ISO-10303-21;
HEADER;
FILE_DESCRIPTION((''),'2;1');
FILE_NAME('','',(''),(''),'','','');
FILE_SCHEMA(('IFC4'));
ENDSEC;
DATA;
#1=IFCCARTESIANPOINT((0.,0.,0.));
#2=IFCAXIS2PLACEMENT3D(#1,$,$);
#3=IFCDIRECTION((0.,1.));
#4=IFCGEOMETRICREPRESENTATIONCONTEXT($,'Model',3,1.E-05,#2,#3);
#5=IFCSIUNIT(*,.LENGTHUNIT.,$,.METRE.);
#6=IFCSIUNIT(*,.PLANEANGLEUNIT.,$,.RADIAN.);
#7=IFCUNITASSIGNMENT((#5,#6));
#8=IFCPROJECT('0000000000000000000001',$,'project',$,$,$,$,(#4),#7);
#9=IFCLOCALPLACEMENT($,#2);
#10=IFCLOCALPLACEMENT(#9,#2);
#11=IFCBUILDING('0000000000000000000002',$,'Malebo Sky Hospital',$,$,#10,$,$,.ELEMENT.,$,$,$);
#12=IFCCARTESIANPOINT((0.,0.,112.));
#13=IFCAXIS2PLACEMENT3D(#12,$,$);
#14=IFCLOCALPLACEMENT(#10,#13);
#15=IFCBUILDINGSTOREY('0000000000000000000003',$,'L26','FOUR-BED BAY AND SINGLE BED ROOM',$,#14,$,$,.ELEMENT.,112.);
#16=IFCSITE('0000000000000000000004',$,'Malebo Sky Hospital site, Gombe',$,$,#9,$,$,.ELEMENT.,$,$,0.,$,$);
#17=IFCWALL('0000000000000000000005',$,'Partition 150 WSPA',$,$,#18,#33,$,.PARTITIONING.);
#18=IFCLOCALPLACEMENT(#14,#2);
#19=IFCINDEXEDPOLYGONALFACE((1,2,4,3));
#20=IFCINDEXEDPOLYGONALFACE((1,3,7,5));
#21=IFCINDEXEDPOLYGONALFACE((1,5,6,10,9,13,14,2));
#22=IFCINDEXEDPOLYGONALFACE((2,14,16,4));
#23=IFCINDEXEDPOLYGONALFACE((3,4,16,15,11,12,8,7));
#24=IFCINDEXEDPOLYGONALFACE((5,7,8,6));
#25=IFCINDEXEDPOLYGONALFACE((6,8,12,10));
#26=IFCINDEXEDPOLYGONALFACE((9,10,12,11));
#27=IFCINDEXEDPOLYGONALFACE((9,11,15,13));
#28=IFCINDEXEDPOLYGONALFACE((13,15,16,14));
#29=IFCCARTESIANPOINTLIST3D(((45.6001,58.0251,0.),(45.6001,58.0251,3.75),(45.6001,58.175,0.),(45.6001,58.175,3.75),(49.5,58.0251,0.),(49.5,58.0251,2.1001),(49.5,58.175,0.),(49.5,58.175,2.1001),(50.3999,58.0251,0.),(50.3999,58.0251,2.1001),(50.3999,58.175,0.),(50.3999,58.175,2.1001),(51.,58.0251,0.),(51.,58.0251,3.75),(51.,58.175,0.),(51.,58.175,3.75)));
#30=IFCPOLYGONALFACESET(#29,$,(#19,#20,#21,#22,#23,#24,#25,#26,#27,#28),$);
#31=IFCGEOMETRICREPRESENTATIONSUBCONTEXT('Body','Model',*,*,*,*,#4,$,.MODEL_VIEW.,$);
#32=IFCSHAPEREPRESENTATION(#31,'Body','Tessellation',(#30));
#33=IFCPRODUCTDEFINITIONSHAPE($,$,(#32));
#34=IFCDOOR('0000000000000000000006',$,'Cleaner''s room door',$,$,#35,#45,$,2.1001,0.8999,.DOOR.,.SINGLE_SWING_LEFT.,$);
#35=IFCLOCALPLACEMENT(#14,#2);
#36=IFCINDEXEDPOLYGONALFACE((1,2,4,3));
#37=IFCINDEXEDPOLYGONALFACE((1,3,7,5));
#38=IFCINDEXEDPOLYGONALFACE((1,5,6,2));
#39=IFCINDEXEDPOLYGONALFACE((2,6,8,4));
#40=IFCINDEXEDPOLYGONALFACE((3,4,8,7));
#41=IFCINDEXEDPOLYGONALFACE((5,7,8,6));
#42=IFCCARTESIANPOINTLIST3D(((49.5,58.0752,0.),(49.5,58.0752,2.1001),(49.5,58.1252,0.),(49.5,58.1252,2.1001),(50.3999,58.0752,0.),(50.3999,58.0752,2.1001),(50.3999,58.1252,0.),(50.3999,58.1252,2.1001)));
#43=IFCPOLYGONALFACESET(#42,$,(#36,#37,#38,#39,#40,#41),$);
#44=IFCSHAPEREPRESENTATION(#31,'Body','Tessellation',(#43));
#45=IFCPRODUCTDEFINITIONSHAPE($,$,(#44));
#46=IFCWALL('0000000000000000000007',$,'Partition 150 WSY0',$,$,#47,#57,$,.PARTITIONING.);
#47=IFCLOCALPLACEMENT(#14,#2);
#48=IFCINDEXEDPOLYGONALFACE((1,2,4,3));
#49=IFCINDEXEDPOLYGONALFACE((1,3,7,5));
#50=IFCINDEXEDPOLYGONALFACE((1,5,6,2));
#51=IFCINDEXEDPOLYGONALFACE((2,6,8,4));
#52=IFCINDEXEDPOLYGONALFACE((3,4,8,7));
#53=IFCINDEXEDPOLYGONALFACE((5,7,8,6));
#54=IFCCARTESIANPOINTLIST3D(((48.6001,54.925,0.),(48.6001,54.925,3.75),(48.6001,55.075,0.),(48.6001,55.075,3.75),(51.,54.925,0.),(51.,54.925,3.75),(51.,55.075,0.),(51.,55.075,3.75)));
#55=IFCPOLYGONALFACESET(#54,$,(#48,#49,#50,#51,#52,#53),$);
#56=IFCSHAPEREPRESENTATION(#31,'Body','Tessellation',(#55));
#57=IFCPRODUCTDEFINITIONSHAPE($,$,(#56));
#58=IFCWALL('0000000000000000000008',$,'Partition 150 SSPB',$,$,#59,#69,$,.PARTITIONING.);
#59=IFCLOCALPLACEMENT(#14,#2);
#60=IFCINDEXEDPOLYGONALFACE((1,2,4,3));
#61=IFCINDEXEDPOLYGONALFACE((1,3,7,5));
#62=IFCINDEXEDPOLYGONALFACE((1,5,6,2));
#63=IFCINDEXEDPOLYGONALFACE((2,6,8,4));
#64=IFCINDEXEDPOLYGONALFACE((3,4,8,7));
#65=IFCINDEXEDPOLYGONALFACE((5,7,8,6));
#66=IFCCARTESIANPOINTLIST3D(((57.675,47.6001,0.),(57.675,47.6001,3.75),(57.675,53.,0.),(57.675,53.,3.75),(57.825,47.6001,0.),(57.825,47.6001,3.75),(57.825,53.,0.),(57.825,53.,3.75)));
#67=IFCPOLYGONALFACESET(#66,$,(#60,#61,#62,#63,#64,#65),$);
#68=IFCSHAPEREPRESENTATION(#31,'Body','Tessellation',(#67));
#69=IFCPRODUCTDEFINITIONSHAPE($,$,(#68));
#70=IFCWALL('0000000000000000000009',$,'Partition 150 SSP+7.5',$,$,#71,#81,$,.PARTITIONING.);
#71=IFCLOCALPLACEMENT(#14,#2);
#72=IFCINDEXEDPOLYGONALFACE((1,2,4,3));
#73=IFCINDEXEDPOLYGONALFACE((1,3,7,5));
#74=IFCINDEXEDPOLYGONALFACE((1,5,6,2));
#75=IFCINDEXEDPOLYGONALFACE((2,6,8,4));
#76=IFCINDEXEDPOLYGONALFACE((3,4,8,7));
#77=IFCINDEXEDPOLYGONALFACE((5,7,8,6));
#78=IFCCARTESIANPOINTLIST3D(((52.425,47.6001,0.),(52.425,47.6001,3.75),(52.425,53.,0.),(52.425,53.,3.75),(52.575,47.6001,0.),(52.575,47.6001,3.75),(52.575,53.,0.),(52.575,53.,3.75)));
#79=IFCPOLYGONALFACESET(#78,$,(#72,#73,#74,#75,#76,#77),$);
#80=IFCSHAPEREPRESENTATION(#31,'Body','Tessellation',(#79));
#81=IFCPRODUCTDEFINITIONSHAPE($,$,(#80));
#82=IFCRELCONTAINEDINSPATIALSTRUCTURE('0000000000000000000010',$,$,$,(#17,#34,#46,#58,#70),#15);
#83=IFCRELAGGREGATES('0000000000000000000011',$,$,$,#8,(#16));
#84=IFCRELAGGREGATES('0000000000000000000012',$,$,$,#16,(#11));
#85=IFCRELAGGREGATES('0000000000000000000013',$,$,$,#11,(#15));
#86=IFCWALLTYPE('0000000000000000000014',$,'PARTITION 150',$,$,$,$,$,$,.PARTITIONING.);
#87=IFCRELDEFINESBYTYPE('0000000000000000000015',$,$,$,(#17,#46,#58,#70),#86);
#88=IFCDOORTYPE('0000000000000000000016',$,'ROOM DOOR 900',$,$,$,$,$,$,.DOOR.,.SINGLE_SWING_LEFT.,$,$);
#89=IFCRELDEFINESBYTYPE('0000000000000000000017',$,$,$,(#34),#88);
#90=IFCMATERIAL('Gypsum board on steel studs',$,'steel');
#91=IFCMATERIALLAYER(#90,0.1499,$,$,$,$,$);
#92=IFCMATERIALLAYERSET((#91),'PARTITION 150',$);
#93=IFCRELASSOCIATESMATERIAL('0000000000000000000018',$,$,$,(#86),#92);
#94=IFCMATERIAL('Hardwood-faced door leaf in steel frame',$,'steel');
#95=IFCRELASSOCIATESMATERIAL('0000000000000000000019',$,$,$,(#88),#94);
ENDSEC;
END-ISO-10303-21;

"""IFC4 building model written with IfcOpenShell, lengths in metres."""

from ifc_helpers import new_model, si_unit, direction, frame, frame_2d, origin, place, context, subcontext, project, spatial, rectangle, extrude, material, layer, layer_set, type_object, element, fill, save


model = new_model("IFC4")

# Units and contexts
model_context = context("Model", 3, precision=1e-05, world=origin(), true_north=direction((0.0, 1.0)))
body_context = subcontext(model_context, "Body", "Model", "MODEL_VIEW")
ifc_project = project(units=[si_unit("LENGTHUNIT", "METRE"), si_unit("PLANEANGLEUNIT", "RADIAN")], contexts=[model_context])

# Site, building, storey
site_placement = place(None, origin())
site = spatial("IfcSite", under=ifc_project, at=site_placement, Name="Malebo Sky Hospital site, Gombe", CompositionType="ELEMENT", RefElevation=0.0)
building_placement = place(site_placement, origin())
building = spatial("IfcBuilding", under=site, at=building_placement, Name="Malebo Sky Hospital", CompositionType="ELEMENT")
storey_placement = place(building_placement, frame((0.0, 0.0, 112.0)))
storey = spatial("IfcBuildingStorey", under=building, at=storey_placement, Name="L26", Description="FOUR-BED BAY AND SINGLE BED ROOM", CompositionType="ELEMENT", Elevation=112.0)

# Shared definitions
ifc_material_1 = material(Name="Hardwood-faced door leaf in steel frame", Category="steel")

# Shared definitions
ifc_material_2 = material(Name="Gypsum board on steel studs", Category="steel")

# Shared definitions
ifc_layer_1 = layer(ifc_material_2, 0.1499)
ifc_layer_set_1 = layer_set([ifc_layer_1], Name="PARTITION 150")
wall_type_1 = type_object("IfcWallType", Name="PARTITION 150", PredefinedType="PARTITIONING", material=ifc_layer_set_1)

# Wall, opening, door
wall_1_placement = place(storey_placement, frame((51.0, 58.1001, 0.0), z_axis=(0.0, 0.0, 1.0), x_axis=(-1.0, 0.0, 0.0)))
wall_1 = element("IfcWall", 1, at=wall_1_placement, inside=storey, type_object=wall_type_1, Name="Partition 150 WSPA", PredefinedType="PARTITIONING", context=body_context, shape_type="SweptSolid", body=[
    extrude(rectangle(XDim=5.3999, YDim=0.1499, at=frame_2d((2.7, 0.0))), origin(), (0.0, 0.0, 1.0), 3.75),
])
opening_1_placement = place(wall_1_placement, frame((0.6001, 0.0, 0.0)))
opening_1 = element("IfcOpeningElement", 2, at=opening_1_placement, cuts=wall_1, PredefinedType="OPENING", context=body_context, shape_type="SweptSolid", body=[
    extrude(rectangle(XDim=0.8999, YDim=2.1001, at=frame_2d((0.45, 1.05))), frame((0.0, 0.085, 0.0), z_axis=(0.0, -1.0, 0.0), x_axis=(1.0, 0.0, 0.0)), (0.0, 0.0, 1.0), 0.1699),
])
door_type_1 = type_object("IfcDoorType", Name="ROOM DOOR 900", OperationType="SINGLE_SWING_LEFT", PredefinedType="DOOR", material=ifc_material_1)
door_1_placement = place(opening_1_placement, origin())
door_1 = element("IfcDoor", 3, at=door_1_placement, inside=storey, type_object=door_type_1, Name="Cleaner's room door", OperationType="SINGLE_SWING_LEFT", OverallHeight=2.1001, OverallWidth=0.8999, PredefinedType="DOOR", context=body_context, shape_type="SweptSolid", body=[
    extrude(rectangle(XDim=0.8999, YDim=2.1001, at=frame_2d((0.45, 1.05))), frame((0.0, 0.0249, 0.0), z_axis=(0.0, -1.0, 0.0), x_axis=(1.0, 0.0, 0.0)), (0.0, 0.0, 1.0), 0.05),
])
fill(opening_1, door_1)

# Walls
wall_2_placement = place(storey_placement, frame((51.0, 55.0, 0.0), z_axis=(0.0, 0.0, 1.0), x_axis=(-1.0, 0.0, 0.0)))
element("IfcWall", 4, at=wall_2_placement, inside=storey, type_object=wall_type_1, Name="Partition 150 WSY0", PredefinedType="PARTITIONING", context=body_context, shape_type="SweptSolid", body=[
    extrude(rectangle(XDim=2.3999, YDim=0.1499, at=frame_2d((1.2, 0.0))), origin(), (0.0, 0.0, 1.0), 3.75),
])
for number, where, z_axis, x_axis, name in (
    (5, (57.75, 53.0, 0.0), (0.0, 0.0, 1.0), (0.0, -1.0, 0.0), "Partition 150 SSPB"),
    (6, (52.5, 53.0, 0.0), (0.0, 0.0, 1.0), (0.0, -1.0, 0.0), "Partition 150 SSP+7.5"),
):
    element("IfcWall", number, at=place(storey_placement, frame(where, z_axis=z_axis, x_axis=x_axis)), inside=storey, type_object=wall_type_1, Name=name, PredefinedType="PARTITIONING", context=body_context, shape_type="SweptSolid", body=[
        extrude(rectangle(XDim=5.3999, YDim=0.1499, at=frame_2d((2.7, 0.0))), origin(), (0.0, 0.0, 1.0), 3.75),
    ])

save(model, "model.ifc")
